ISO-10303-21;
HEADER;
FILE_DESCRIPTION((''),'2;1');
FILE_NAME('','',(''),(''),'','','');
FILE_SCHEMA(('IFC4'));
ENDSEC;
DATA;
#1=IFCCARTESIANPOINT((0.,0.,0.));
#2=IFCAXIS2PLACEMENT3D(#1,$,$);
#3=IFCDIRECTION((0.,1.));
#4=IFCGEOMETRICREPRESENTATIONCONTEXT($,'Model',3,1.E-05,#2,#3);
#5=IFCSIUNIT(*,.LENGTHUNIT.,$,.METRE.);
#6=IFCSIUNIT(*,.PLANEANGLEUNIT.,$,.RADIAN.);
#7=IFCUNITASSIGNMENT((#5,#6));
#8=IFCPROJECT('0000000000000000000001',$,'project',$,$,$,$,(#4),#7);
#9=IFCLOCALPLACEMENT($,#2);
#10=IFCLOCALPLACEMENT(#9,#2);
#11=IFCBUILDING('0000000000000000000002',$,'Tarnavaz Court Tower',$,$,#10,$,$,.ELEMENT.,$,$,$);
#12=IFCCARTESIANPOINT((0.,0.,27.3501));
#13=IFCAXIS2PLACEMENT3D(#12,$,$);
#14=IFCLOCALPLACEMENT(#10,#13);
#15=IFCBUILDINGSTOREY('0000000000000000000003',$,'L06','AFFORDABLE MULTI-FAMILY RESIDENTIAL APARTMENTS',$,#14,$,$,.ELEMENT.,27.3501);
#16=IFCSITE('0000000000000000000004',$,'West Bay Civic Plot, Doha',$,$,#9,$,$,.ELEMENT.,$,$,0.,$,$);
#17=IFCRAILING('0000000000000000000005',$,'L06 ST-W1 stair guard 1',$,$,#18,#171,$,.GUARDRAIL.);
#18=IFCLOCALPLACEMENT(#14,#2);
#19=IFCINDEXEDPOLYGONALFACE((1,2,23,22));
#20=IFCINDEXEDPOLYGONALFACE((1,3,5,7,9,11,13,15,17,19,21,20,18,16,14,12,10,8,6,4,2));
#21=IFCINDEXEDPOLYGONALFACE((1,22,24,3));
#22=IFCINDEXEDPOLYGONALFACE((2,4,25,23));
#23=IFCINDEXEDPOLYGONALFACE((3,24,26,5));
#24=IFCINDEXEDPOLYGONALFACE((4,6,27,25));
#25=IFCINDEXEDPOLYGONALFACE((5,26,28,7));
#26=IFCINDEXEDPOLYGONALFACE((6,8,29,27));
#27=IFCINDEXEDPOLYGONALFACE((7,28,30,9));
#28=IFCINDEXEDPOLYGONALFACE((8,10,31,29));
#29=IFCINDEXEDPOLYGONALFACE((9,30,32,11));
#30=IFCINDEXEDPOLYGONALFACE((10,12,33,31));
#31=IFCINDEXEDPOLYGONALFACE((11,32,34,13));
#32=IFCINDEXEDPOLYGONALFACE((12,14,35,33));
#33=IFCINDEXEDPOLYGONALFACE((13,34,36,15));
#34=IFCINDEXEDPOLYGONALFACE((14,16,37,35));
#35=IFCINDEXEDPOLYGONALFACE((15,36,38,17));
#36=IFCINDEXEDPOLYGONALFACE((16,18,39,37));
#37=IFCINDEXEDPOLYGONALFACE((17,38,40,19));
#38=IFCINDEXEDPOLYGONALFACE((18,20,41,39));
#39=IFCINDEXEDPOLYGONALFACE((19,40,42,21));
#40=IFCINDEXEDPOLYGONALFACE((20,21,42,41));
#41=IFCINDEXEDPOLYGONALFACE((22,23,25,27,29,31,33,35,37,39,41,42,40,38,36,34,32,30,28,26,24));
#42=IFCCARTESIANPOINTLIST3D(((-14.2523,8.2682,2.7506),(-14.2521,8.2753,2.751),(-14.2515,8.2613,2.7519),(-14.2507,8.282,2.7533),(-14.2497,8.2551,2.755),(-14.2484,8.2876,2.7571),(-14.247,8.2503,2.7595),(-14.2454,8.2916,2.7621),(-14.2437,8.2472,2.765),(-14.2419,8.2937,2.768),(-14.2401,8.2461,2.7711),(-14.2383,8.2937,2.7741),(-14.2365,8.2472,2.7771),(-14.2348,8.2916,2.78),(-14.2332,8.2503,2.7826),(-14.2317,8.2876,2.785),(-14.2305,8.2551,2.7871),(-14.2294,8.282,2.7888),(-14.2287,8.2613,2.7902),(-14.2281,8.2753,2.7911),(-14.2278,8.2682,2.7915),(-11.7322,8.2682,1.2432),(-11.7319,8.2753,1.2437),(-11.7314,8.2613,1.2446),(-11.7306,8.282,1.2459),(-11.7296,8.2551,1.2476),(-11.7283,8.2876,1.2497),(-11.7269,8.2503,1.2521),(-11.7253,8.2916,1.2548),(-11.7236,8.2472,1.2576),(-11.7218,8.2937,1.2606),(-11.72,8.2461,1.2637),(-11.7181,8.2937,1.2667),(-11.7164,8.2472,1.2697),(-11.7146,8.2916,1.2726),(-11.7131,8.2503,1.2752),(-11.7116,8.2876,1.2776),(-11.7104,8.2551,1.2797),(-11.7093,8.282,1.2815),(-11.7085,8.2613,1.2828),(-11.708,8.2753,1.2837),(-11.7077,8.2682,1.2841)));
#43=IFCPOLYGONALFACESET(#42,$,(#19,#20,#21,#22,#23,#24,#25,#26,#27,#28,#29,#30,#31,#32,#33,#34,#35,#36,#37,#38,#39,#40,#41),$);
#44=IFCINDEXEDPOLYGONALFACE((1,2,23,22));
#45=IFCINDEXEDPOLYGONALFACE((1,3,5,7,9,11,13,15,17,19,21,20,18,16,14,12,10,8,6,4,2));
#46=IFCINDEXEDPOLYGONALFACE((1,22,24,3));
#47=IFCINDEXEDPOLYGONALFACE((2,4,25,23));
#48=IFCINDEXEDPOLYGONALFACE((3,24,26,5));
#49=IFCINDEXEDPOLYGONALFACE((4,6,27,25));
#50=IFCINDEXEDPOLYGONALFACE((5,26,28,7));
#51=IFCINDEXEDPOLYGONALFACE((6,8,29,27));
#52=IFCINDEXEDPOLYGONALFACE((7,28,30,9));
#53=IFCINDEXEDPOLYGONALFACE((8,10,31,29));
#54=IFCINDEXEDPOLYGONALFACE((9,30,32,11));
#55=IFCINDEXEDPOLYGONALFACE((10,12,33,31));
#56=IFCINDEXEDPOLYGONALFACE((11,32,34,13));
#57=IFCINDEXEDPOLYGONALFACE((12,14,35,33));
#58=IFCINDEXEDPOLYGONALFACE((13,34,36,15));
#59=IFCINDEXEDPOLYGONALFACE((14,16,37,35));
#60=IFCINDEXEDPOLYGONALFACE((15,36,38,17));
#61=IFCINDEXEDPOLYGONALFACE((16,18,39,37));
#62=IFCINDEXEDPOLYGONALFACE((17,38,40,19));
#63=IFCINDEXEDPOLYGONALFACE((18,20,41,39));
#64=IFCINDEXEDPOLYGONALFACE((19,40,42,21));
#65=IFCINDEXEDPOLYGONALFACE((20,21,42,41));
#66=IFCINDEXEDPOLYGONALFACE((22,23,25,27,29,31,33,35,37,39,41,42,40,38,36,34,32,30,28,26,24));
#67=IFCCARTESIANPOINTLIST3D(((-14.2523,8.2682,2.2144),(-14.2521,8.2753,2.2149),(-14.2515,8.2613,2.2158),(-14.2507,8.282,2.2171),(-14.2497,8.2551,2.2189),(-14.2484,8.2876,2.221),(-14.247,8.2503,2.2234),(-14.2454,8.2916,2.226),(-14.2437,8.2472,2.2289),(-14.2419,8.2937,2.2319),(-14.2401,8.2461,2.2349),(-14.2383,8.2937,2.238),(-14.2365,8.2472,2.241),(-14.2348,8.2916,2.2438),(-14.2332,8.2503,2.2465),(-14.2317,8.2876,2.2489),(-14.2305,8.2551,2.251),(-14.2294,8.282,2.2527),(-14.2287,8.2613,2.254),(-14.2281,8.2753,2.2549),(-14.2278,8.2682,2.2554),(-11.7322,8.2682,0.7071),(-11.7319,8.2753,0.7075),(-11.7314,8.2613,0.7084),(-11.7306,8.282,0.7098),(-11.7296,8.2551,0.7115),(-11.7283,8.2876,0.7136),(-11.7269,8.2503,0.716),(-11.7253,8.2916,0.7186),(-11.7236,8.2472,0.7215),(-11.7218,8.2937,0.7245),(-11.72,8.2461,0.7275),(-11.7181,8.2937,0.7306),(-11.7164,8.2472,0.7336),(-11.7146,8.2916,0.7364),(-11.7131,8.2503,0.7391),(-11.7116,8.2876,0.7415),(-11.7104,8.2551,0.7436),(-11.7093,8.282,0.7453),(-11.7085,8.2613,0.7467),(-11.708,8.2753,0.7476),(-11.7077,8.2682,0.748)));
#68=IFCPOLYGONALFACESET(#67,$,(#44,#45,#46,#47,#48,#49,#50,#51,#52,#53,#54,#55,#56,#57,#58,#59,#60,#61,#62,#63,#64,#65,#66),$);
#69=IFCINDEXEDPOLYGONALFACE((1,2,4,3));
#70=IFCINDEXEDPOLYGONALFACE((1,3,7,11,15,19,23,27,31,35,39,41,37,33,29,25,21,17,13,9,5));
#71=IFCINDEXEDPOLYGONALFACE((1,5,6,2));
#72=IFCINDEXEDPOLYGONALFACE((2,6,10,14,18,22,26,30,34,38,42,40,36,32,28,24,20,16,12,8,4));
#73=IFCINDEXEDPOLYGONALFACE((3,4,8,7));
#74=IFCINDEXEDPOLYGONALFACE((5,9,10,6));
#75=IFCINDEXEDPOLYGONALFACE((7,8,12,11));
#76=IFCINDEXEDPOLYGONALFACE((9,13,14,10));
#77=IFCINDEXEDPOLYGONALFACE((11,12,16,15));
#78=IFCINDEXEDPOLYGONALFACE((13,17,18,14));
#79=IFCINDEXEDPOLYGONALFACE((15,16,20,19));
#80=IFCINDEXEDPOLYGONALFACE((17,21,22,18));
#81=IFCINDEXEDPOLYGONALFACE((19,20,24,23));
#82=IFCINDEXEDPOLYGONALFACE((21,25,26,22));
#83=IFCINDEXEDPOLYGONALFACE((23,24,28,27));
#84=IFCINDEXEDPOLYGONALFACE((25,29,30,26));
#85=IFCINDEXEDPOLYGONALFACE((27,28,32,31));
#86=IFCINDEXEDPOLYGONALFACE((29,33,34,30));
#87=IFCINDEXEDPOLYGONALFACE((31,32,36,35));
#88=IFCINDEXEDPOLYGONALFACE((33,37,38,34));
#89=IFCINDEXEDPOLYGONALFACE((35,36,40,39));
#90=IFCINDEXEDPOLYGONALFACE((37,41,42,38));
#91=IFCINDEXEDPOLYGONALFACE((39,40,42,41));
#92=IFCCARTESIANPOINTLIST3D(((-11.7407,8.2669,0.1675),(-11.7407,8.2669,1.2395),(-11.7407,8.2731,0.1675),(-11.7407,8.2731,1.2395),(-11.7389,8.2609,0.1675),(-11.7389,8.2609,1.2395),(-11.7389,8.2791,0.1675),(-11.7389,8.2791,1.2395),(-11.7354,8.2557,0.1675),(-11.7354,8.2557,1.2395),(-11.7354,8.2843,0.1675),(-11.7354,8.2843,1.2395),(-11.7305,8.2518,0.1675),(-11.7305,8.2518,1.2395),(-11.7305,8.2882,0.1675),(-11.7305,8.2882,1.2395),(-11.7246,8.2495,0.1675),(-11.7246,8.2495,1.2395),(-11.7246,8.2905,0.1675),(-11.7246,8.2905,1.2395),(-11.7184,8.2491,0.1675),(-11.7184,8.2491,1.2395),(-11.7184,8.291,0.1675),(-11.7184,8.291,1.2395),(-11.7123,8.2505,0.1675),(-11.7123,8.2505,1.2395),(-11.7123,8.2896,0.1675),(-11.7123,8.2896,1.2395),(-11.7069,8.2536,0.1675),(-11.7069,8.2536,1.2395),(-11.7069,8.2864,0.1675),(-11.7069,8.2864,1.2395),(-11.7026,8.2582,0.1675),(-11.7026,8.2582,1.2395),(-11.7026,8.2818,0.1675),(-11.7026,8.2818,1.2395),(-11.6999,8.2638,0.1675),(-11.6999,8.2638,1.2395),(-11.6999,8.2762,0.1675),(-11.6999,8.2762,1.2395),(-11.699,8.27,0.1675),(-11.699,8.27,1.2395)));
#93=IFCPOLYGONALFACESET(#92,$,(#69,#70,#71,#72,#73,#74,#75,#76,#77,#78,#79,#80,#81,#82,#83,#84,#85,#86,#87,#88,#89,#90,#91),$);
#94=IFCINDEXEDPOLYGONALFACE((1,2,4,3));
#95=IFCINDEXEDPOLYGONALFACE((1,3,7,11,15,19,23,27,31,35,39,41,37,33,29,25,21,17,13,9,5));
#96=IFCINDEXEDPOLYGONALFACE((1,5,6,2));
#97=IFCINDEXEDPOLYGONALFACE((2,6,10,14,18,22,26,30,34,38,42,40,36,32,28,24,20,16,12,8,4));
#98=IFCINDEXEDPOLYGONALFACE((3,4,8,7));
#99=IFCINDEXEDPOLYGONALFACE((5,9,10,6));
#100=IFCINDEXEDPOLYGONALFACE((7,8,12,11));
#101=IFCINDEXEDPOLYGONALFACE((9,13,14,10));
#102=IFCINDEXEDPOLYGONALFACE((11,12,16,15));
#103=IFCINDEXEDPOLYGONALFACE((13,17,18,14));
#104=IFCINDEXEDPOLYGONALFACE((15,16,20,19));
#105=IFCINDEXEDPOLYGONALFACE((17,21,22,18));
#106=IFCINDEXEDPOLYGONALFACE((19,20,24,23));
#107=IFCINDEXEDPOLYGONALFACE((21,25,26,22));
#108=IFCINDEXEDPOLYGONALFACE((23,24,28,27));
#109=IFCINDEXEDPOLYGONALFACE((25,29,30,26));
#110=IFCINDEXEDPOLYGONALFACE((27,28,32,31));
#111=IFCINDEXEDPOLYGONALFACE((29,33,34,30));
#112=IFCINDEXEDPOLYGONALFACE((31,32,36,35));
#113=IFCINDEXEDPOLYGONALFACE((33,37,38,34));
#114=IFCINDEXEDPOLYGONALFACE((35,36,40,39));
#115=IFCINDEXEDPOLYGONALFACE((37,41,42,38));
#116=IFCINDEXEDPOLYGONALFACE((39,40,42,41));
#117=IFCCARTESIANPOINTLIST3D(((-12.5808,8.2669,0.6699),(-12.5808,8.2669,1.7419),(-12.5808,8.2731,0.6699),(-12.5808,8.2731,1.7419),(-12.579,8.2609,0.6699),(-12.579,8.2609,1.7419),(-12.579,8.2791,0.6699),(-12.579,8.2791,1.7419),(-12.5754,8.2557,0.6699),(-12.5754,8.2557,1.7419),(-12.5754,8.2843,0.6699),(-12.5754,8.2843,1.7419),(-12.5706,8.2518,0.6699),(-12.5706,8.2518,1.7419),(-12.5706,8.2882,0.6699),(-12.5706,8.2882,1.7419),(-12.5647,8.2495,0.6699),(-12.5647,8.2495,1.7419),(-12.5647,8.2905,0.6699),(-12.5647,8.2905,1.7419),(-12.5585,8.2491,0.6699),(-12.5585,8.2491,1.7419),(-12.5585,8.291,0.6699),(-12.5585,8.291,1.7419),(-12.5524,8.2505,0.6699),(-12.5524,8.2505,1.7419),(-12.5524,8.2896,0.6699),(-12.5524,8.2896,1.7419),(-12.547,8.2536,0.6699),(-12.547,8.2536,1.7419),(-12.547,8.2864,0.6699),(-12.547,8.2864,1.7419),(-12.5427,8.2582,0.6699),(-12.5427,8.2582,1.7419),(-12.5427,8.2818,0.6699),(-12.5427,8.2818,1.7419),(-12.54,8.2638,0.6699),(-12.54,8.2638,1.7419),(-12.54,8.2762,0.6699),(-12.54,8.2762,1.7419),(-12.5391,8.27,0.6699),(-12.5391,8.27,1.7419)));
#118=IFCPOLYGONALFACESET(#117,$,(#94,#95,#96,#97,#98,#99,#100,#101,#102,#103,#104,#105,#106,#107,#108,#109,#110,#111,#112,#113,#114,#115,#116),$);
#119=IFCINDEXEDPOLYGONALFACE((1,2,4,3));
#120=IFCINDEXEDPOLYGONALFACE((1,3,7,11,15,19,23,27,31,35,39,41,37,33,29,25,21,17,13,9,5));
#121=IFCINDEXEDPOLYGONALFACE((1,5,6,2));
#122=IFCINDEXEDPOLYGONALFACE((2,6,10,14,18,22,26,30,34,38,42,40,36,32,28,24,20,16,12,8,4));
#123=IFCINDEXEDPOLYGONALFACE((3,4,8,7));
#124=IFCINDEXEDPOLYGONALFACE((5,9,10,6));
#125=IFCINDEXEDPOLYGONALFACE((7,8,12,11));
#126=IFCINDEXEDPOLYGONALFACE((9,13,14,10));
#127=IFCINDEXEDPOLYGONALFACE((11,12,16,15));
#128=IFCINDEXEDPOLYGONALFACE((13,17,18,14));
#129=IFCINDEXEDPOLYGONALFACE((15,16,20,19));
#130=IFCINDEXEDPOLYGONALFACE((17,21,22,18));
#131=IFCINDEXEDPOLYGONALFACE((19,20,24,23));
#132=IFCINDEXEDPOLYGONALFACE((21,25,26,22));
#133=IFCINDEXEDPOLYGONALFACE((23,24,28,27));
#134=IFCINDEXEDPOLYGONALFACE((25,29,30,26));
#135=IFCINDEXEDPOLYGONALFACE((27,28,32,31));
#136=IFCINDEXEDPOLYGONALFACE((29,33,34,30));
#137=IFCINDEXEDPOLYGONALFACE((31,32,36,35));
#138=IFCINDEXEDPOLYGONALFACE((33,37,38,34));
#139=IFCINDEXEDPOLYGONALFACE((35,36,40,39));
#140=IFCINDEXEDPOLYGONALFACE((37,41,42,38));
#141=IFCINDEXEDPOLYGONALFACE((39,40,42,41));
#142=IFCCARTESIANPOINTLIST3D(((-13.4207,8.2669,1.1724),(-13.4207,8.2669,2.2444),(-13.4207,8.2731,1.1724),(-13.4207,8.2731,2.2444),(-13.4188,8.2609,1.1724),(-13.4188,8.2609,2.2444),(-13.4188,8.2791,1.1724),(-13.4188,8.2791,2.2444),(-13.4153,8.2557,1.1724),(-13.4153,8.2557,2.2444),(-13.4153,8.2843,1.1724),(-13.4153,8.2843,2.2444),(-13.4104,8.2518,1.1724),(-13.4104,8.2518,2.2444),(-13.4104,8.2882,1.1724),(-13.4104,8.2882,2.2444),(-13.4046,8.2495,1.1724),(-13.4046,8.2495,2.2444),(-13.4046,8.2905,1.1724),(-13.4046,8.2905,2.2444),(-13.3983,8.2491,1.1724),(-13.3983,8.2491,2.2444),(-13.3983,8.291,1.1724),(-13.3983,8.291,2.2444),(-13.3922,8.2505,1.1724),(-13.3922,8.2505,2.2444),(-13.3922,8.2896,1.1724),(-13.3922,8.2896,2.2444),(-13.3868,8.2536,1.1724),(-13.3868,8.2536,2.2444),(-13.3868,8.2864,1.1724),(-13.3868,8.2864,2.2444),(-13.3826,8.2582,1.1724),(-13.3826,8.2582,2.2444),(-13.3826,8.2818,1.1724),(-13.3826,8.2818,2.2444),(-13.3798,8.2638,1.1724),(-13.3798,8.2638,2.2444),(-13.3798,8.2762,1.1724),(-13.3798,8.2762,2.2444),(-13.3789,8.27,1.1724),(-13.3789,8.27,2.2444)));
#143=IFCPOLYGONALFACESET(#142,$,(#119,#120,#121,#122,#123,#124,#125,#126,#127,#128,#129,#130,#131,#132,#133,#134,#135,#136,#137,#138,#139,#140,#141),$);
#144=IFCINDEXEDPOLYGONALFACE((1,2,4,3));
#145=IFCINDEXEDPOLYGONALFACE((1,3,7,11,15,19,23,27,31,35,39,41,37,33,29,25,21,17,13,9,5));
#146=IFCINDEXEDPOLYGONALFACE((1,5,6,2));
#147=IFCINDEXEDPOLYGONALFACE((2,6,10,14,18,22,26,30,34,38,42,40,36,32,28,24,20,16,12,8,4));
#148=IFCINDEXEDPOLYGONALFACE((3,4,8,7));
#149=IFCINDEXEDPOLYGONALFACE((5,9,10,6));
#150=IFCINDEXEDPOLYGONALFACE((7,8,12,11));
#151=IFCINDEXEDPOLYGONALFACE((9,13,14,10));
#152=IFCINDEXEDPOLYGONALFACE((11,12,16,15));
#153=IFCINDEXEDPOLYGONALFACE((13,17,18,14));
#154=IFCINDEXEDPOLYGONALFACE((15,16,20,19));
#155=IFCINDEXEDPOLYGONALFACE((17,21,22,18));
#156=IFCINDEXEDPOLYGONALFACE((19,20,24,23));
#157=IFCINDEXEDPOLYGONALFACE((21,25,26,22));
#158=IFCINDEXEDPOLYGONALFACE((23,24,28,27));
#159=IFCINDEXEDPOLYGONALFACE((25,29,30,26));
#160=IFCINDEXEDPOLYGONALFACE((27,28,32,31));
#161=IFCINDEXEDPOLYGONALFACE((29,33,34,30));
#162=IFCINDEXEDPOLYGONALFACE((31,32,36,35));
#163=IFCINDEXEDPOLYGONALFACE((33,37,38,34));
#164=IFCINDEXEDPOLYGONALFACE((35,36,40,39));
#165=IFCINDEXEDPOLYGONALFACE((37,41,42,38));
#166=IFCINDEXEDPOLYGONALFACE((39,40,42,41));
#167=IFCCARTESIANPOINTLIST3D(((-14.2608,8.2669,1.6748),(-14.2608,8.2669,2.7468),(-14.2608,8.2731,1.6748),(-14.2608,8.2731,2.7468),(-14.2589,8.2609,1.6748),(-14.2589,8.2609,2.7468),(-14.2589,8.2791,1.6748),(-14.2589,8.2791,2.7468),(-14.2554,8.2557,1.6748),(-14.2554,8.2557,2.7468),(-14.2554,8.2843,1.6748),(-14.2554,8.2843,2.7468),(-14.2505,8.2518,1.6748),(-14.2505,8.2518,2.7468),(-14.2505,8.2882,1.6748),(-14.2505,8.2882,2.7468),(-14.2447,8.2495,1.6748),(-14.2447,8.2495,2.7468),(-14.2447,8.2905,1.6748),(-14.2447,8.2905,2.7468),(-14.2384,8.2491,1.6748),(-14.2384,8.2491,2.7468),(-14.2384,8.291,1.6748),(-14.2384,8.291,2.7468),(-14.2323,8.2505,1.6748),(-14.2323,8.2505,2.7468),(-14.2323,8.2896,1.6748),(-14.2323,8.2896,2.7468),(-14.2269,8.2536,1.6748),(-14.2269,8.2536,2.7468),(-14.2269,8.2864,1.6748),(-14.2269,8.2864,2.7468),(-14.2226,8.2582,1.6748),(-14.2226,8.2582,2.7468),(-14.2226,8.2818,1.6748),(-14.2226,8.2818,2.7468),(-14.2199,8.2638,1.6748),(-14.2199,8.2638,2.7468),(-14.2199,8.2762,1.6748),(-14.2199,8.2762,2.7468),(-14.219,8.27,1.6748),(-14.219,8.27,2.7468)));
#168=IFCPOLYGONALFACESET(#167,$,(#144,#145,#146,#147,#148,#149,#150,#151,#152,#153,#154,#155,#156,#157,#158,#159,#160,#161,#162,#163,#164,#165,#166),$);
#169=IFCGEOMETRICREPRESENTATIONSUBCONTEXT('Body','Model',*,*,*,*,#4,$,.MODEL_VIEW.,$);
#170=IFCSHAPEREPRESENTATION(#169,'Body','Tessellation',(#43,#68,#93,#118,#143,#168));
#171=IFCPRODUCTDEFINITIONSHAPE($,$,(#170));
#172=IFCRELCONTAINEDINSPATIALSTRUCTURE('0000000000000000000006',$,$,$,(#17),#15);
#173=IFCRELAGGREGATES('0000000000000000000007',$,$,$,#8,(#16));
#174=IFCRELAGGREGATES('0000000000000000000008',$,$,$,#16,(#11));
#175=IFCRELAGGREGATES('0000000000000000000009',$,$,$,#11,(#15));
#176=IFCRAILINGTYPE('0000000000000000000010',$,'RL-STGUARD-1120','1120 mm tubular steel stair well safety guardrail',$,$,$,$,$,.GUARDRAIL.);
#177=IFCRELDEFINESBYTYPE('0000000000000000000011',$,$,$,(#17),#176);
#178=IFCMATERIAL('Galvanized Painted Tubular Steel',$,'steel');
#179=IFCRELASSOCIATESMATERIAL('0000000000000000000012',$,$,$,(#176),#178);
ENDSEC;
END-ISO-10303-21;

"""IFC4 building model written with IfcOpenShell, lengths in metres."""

from ifc_helpers import new_model, si_unit, direction, frame, origin, origin_2d, place, context, subcontext, project, spatial, circle, extrude, material, type_object, element, save


model = new_model("IFC4")

# Units and contexts
model_context = context("Model", 3, precision=1e-05, world=origin(), true_north=direction((0.0, 1.0)))
body_context = subcontext(model_context, "Body", "Model", "MODEL_VIEW")
ifc_project = project(units=[si_unit("LENGTHUNIT", "METRE"), si_unit("PLANEANGLEUNIT", "RADIAN")], contexts=[model_context])

# Site, building, storey
site_placement = place(None, origin())
site = spatial("IfcSite", under=ifc_project, at=site_placement, Name="West Bay Civic Plot, Doha", CompositionType="ELEMENT", RefElevation=0.0)
building_placement = place(site_placement, origin())
building = spatial("IfcBuilding", under=site, at=building_placement, Name="Tarnavaz Court Tower", CompositionType="ELEMENT")
storey_placement = place(building_placement, frame((0.0, 0.0, 27.3501)))
storey = spatial("IfcBuildingStorey", under=building, at=storey_placement, Name="L06", Description="AFFORDABLE MULTI-FAMILY RESIDENTIAL APARTMENTS", CompositionType="ELEMENT", Elevation=27.3501)

# Railing
ifc_material_1 = material(Name="Galvanized Painted Tubular Steel", Category="steel")
railing_type_1 = type_object("IfcRailingType", Name="RL-STGUARD-1120", Description="1120 mm tubular steel stair well safety guardrail", PredefinedType="GUARDRAIL", material=ifc_material_1)
railing_1_placement = place(storey_placement, frame((-11.72, 8.27, 0.1675)))
element("IfcRailing", 1, at=railing_1_placement, inside=storey, type_object=railing_type_1, Name="L06 ST-W1 stair guard 1", PredefinedType="GUARDRAIL", context=body_context, shape_type="SweptSolid", body=[
    extrude(circle(Radius=0.0239, at=origin_2d()), frame((0.0, 0.0, 1.0962), z_axis=(-0.858196, 0.0, 0.513321), x_axis=(0.0, -1.0, 0.0)), (0.0, 0.0, 1.0), 2.9365),
    extrude(circle(Radius=0.0239, at=origin_2d()), frame((0.0, 0.0, 0.5601), z_axis=(-0.858196, 0.0, 0.513321), x_axis=(0.0, -1.0, 0.0)), (0.0, 0.0, 1.0), 2.9365),
    extrude(circle(Radius=0.021, at=origin_2d()), origin(), (0.0, 0.0, 1.0), 1.072),
    extrude(circle(Radius=0.021, at=origin_2d()), frame((-0.8401, 0.0, 0.5024)), (0.0, 0.0, 1.0), 1.072),
    extrude(circle(Radius=0.021, at=origin_2d()), frame((-1.6799, 0.0, 1.0049)), (0.0, 0.0, 1.0), 1.072),
    extrude(circle(Radius=0.021, at=origin_2d()), frame((-2.52, 0.0, 1.5073)), (0.0, 0.0, 1.0), 1.072),
])

save(model, "model.ifc")
